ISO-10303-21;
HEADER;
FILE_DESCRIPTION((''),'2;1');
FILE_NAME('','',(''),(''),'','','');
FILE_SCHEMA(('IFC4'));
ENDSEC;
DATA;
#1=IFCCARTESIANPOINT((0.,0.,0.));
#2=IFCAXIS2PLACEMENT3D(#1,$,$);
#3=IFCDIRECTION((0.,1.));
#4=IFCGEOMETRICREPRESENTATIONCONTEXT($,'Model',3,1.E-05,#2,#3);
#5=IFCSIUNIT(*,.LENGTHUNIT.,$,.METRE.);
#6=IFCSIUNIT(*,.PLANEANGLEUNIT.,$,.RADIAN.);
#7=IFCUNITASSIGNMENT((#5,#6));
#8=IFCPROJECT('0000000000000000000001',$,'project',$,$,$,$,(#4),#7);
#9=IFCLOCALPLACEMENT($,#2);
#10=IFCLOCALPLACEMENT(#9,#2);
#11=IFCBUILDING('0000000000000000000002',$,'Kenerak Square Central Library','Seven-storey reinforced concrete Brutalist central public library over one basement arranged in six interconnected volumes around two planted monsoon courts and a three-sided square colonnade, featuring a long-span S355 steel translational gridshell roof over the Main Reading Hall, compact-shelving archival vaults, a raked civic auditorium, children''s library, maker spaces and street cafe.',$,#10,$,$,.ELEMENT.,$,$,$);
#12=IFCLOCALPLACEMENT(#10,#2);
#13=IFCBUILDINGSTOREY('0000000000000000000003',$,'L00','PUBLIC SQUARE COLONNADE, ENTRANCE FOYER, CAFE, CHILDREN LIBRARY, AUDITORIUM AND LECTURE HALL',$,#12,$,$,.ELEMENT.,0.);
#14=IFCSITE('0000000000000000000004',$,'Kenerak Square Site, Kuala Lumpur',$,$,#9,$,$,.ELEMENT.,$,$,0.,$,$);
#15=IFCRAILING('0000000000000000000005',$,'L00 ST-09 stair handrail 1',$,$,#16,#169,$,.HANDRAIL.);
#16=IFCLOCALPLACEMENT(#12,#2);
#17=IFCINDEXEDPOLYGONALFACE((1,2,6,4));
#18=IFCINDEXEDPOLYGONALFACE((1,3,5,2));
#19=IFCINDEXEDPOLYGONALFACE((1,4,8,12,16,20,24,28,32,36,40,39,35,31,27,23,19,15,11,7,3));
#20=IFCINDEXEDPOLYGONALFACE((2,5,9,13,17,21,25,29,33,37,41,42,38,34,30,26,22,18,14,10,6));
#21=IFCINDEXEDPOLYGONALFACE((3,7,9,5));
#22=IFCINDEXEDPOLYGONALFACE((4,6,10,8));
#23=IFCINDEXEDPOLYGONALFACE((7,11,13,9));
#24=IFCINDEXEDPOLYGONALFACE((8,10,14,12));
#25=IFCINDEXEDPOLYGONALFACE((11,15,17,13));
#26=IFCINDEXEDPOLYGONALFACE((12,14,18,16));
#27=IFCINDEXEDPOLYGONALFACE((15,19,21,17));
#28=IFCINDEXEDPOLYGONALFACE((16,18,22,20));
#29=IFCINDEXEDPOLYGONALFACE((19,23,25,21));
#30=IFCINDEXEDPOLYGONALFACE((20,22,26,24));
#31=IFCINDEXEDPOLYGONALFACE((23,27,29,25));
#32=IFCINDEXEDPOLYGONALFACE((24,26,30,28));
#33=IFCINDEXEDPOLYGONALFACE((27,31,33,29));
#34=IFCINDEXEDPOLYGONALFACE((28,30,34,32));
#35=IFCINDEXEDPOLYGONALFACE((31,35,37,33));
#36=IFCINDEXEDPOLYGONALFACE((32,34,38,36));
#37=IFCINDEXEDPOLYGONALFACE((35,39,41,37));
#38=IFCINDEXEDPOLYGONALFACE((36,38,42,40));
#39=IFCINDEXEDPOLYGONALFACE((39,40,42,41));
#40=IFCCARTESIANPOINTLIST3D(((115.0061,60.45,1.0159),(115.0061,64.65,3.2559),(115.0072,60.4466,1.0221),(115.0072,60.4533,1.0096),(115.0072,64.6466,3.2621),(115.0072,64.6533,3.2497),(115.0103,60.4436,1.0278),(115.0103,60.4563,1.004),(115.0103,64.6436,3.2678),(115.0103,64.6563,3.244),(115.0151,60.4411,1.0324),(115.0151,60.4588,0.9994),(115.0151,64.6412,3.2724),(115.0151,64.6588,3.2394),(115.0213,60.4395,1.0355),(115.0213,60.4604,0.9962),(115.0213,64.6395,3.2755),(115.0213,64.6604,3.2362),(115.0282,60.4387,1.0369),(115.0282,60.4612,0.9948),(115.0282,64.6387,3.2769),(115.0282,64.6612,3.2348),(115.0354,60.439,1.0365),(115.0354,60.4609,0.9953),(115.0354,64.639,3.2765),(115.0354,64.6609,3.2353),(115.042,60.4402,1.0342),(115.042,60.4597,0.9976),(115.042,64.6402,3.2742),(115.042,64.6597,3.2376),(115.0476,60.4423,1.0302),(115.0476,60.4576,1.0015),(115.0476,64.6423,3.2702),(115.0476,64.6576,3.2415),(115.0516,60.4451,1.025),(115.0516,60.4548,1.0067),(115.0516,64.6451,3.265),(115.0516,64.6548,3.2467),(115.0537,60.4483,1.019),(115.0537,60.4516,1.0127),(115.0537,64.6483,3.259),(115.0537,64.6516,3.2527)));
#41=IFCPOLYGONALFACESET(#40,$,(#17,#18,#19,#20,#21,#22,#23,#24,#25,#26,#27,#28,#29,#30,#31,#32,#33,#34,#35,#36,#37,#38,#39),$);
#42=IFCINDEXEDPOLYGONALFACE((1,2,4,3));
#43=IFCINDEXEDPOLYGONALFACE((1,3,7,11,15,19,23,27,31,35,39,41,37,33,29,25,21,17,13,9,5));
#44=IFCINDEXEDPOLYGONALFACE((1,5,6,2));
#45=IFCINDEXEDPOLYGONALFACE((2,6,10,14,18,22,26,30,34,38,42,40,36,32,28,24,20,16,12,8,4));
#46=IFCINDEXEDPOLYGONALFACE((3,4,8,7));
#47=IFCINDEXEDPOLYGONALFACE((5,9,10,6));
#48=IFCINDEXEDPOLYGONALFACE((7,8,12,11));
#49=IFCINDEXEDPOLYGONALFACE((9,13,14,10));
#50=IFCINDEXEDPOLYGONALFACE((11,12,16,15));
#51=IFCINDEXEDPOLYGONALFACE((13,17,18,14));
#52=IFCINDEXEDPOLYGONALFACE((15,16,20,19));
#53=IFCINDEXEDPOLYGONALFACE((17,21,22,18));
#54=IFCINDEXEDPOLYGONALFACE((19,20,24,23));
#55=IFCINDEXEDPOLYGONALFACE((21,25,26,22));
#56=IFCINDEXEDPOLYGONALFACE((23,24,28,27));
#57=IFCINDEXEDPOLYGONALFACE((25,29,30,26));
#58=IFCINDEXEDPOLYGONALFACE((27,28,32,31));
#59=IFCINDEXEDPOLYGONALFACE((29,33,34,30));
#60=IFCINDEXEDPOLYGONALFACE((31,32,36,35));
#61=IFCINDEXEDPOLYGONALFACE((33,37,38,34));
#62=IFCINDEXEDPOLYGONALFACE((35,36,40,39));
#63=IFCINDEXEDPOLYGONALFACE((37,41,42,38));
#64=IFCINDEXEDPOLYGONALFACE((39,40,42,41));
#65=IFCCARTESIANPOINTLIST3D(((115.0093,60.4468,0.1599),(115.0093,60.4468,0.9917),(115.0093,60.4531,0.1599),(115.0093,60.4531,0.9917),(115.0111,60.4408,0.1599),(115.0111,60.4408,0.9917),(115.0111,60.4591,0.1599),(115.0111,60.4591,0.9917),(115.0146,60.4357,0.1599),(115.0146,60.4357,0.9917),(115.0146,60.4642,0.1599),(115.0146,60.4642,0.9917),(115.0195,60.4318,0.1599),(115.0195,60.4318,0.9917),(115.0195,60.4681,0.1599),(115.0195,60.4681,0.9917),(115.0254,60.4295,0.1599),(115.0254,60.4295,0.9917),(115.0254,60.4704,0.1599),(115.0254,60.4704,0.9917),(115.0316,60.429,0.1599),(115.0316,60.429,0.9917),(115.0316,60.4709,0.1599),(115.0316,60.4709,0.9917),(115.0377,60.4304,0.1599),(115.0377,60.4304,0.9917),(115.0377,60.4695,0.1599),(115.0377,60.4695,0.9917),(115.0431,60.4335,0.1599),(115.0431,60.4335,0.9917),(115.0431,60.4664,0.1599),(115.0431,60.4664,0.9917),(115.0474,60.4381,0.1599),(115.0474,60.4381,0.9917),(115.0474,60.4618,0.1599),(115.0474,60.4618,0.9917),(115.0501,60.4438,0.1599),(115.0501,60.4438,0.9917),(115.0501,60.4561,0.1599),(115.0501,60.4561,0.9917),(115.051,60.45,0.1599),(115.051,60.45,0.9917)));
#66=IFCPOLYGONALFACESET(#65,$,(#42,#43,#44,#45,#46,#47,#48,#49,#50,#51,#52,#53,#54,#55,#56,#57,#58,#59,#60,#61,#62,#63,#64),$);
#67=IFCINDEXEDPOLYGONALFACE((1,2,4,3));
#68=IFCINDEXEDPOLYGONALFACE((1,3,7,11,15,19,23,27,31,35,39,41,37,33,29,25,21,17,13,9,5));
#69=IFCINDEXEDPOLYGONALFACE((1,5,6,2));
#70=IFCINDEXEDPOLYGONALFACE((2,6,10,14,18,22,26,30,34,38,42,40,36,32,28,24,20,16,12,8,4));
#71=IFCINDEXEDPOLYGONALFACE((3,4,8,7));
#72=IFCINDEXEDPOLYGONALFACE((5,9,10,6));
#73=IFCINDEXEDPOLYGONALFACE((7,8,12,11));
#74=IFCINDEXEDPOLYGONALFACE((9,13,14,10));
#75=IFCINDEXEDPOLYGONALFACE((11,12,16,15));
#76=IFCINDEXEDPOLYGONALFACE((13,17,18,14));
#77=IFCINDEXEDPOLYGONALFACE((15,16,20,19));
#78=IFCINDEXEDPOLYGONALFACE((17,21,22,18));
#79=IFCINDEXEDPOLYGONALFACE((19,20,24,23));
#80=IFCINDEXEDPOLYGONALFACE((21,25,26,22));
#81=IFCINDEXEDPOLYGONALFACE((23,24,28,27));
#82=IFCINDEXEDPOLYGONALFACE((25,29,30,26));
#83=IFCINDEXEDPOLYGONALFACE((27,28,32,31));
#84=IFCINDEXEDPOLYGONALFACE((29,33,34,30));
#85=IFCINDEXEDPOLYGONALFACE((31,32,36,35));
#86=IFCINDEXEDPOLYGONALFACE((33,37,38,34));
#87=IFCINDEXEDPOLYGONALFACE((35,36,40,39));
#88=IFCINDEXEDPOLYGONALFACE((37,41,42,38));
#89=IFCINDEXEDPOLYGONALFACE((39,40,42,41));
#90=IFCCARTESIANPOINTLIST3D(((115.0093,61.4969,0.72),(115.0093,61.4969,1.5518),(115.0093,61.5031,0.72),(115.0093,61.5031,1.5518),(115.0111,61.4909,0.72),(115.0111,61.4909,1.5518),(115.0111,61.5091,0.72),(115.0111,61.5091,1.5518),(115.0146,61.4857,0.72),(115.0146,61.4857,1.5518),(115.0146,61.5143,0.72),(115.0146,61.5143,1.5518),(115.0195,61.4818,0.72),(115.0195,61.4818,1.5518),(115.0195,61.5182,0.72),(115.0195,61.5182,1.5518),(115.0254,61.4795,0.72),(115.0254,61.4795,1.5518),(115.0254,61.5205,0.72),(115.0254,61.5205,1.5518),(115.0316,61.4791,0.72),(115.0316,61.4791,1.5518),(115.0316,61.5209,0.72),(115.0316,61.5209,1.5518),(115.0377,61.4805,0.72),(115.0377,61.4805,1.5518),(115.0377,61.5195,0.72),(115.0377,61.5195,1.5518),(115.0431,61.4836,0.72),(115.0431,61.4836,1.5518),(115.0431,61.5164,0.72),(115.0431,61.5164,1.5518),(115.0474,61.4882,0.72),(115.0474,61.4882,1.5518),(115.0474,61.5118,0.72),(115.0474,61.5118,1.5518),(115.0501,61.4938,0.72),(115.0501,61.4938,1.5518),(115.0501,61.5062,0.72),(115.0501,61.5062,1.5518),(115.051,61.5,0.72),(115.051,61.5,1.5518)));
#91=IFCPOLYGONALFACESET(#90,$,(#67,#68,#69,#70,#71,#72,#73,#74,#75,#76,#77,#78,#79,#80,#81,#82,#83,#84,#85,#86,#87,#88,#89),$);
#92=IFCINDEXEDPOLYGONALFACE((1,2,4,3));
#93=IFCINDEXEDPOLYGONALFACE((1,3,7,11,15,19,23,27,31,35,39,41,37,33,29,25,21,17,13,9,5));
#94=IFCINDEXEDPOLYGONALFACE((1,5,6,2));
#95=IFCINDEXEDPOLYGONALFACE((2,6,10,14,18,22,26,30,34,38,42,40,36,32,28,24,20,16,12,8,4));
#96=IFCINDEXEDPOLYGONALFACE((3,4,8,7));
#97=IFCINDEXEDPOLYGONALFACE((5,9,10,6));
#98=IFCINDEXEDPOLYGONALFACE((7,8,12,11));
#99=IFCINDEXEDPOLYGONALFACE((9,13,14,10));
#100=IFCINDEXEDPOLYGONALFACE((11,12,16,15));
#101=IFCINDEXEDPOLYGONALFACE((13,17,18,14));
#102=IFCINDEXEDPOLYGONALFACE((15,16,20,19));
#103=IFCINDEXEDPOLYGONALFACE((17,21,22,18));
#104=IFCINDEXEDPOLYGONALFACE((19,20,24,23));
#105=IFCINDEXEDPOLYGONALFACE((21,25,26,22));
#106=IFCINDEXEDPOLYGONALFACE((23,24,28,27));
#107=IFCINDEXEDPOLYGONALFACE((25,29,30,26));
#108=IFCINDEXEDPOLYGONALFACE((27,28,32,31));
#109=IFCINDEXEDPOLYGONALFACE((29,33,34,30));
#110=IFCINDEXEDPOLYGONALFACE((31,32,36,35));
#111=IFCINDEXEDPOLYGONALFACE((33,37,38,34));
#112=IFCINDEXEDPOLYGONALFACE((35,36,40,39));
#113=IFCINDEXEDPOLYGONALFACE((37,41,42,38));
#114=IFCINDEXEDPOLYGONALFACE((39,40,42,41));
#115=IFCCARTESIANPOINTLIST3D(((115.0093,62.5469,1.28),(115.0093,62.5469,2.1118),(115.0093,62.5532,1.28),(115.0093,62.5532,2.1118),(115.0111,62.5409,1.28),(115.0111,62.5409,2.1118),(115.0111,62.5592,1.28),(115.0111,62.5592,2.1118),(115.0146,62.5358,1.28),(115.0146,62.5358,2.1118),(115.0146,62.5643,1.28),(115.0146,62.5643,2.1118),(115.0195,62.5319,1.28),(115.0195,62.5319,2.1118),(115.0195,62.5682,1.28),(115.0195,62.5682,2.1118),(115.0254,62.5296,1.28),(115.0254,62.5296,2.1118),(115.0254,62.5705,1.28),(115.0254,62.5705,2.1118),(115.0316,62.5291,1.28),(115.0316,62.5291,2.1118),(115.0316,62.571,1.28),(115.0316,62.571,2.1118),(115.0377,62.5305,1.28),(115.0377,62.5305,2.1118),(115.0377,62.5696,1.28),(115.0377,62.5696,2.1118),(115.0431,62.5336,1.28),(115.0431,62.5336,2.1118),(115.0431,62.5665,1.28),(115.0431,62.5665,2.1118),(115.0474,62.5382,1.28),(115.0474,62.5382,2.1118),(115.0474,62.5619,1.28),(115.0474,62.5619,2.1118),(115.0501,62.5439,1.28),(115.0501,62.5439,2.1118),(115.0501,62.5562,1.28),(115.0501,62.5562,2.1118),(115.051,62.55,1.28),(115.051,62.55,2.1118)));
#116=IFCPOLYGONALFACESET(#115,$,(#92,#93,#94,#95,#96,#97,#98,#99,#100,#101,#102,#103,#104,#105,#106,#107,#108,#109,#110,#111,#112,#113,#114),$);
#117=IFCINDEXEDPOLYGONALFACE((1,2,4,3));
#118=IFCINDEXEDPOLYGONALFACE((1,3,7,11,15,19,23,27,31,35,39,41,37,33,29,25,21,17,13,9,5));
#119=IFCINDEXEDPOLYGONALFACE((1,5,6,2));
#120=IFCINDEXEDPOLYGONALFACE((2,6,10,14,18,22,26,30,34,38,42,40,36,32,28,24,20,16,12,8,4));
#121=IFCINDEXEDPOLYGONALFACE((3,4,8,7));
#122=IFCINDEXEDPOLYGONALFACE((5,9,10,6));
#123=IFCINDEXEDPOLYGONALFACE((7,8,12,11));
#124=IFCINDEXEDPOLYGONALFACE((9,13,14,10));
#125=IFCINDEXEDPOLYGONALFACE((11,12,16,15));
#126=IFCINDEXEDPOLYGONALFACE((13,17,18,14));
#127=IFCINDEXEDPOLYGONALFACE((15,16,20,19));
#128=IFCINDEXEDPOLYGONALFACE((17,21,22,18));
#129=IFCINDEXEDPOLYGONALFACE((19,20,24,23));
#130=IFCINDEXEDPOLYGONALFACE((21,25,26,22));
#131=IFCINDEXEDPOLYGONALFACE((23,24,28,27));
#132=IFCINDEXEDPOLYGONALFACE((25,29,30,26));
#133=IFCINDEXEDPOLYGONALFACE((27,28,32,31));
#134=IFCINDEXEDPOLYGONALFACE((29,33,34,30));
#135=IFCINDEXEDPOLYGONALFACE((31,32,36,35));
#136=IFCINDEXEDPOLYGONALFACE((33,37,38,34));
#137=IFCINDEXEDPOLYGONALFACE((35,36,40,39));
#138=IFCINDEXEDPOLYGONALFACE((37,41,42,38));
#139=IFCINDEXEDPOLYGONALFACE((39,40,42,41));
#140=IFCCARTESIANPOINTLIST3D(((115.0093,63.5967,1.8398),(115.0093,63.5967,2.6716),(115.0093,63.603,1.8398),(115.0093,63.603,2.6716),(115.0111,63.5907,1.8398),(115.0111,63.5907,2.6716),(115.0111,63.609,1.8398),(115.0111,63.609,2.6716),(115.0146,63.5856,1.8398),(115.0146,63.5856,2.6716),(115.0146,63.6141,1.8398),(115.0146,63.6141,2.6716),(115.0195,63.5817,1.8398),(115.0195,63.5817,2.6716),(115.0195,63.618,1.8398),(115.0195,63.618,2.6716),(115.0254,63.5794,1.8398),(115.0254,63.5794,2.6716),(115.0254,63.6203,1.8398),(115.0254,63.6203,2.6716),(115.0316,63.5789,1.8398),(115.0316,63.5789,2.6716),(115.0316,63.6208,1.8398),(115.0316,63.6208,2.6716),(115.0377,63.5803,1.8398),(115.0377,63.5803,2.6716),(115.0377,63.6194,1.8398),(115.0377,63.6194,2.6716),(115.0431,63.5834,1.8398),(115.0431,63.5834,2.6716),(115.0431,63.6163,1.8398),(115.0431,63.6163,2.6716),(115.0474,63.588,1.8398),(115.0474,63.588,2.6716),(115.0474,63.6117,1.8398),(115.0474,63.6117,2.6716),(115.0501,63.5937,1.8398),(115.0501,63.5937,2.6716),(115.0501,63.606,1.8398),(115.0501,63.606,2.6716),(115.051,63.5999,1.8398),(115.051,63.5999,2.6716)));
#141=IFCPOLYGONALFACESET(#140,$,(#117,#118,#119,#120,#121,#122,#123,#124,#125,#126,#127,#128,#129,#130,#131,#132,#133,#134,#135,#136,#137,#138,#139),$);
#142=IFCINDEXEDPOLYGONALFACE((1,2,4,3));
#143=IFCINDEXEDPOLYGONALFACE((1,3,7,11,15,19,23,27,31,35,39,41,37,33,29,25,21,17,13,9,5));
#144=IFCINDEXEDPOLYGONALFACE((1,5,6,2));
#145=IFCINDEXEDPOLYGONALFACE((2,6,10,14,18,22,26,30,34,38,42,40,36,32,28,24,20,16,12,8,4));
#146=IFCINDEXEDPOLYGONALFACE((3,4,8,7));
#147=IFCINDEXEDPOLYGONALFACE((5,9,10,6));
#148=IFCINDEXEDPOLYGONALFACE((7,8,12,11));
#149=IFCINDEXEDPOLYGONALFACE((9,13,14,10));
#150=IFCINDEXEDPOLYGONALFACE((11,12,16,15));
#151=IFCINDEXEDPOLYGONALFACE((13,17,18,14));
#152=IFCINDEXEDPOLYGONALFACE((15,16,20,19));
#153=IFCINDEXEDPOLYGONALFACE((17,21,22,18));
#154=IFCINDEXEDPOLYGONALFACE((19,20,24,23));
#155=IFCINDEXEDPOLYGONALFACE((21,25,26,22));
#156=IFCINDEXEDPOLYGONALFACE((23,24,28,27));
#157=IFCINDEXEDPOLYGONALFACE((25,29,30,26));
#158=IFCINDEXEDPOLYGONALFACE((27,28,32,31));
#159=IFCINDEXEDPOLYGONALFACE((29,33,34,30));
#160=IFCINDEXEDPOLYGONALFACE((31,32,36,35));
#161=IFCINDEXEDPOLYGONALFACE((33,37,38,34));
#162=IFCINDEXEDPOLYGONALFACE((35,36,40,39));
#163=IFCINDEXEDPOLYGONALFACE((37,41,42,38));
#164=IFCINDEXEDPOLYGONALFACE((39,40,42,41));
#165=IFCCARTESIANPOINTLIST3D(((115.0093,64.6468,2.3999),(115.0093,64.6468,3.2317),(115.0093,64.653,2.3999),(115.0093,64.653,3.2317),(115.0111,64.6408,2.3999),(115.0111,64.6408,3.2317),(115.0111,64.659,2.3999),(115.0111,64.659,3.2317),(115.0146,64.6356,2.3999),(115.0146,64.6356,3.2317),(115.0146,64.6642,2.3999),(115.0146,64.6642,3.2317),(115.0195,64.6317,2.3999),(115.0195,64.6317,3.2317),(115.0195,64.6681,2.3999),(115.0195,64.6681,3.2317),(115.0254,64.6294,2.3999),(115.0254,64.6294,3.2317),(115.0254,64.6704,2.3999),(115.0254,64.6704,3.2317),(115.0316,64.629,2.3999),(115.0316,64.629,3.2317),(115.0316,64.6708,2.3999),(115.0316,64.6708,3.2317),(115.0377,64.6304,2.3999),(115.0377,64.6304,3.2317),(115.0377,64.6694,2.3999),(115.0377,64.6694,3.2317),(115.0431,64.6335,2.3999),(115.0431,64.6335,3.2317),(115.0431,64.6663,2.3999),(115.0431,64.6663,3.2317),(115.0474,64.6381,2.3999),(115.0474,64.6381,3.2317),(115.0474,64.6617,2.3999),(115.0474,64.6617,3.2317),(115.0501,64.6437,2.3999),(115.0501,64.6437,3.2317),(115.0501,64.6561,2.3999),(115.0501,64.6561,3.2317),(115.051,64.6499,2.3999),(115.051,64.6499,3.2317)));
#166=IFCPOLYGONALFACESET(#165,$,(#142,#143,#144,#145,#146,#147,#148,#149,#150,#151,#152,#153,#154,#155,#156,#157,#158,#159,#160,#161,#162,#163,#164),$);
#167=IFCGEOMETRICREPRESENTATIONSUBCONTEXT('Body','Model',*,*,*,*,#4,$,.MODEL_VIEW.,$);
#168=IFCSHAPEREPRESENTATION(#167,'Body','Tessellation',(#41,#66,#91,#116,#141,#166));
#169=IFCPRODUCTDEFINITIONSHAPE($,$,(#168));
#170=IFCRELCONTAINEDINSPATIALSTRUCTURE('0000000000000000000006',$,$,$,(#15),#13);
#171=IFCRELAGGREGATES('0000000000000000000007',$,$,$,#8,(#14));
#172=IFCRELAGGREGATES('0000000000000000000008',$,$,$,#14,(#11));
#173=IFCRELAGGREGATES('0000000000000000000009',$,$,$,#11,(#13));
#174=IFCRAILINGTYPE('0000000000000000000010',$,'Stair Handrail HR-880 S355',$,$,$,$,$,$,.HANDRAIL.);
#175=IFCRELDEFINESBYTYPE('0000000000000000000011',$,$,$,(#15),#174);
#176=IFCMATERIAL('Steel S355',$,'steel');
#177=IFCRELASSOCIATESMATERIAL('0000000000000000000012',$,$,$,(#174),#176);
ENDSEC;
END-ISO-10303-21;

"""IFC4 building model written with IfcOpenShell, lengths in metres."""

from ifc_helpers import new_model, si_unit, direction, frame, origin, origin_2d, place, context, subcontext, project, spatial, circle, extrude, material, type_object, element, save


model = new_model("IFC4")

# Units and contexts
model_context = context("Model", 3, precision=1e-05, world=origin(), true_north=direction((0.0, 1.0)))
body_context = subcontext(model_context, "Body", "Model", "MODEL_VIEW")
ifc_project = project(units=[si_unit("LENGTHUNIT", "METRE"), si_unit("PLANEANGLEUNIT", "RADIAN")], contexts=[model_context])

# Site, building, storey
site_placement = place(None, origin())
site = spatial("IfcSite", under=ifc_project, at=site_placement, Name="Kenerak Square Site, Kuala Lumpur", CompositionType="ELEMENT", RefElevation=0.0)
building_placement = place(site_placement, origin())
building = spatial("IfcBuilding", under=site, at=building_placement, Name="Kenerak Square Central Library", Description="Seven-storey reinforced concrete Brutalist central public library over one basement arranged in six interconnected volumes around two planted monsoon courts and a three-sided square colonnade, featuring a long-span S355 steel translational gridshell roof over the Main Reading Hall, compact-shelving archival vaults, a raked civic auditorium, children's library, maker spaces and street cafe.", CompositionType="ELEMENT")
storey_placement = place(building_placement, origin())
storey = spatial("IfcBuildingStorey", under=building, at=storey_placement, Name="L00", Description="PUBLIC SQUARE COLONNADE, ENTRANCE FOYER, CAFE, CHILDREN LIBRARY, AUDITORIUM AND LECTURE HALL", CompositionType="ELEMENT", Elevation=0.0)

# Shared definitions
ifc_material_1 = material(Name="Steel S355", Category="steel")

# Railing
railing_type_1 = type_object("IfcRailingType", Name="Stair Handrail HR-880 S355", PredefinedType="HANDRAIL", material=ifc_material_1)
railing_1_placement = place(storey_placement, frame((115.03, 60.45, 0.1599)))
element("IfcRailing", 1, at=railing_1_placement, inside=storey, type_object=railing_type_1, Name="L00 ST-09 stair handrail 1", PredefinedType="HANDRAIL", context=body_context, shape_type="SweptSolid", body=[
    extrude(circle(Radius=0.0239, at=origin_2d()), frame((0.0, 0.0, 0.856), z_axis=(0.0, 0.882352, 0.470591), x_axis=(-1.0, 0.0, 0.0)), (0.0, 0.0, 1.0), 4.76),
    extrude(circle(Radius=0.021, at=origin_2d()), origin(), (0.0, 0.0, 1.0), 0.8318),
    extrude(circle(Radius=0.021, at=origin_2d()), frame((0.0, 1.05, 0.5601)), (0.0, 0.0, 1.0), 0.8318),
    extrude(circle(Radius=0.021, at=origin_2d()), frame((0.0, 2.1001, 1.1201)), (0.0, 0.0, 1.0), 0.8318),
    extrude(circle(Radius=0.021, at=origin_2d()), frame((0.0, 3.1499, 1.6799)), (0.0, 0.0, 1.0), 0.8318),
    extrude(circle(Radius=0.021, at=origin_2d()), frame((0.0, 4.2, 2.24)), (0.0, 0.0, 1.0), 0.8318),
])

save(model, "model.ifc")
